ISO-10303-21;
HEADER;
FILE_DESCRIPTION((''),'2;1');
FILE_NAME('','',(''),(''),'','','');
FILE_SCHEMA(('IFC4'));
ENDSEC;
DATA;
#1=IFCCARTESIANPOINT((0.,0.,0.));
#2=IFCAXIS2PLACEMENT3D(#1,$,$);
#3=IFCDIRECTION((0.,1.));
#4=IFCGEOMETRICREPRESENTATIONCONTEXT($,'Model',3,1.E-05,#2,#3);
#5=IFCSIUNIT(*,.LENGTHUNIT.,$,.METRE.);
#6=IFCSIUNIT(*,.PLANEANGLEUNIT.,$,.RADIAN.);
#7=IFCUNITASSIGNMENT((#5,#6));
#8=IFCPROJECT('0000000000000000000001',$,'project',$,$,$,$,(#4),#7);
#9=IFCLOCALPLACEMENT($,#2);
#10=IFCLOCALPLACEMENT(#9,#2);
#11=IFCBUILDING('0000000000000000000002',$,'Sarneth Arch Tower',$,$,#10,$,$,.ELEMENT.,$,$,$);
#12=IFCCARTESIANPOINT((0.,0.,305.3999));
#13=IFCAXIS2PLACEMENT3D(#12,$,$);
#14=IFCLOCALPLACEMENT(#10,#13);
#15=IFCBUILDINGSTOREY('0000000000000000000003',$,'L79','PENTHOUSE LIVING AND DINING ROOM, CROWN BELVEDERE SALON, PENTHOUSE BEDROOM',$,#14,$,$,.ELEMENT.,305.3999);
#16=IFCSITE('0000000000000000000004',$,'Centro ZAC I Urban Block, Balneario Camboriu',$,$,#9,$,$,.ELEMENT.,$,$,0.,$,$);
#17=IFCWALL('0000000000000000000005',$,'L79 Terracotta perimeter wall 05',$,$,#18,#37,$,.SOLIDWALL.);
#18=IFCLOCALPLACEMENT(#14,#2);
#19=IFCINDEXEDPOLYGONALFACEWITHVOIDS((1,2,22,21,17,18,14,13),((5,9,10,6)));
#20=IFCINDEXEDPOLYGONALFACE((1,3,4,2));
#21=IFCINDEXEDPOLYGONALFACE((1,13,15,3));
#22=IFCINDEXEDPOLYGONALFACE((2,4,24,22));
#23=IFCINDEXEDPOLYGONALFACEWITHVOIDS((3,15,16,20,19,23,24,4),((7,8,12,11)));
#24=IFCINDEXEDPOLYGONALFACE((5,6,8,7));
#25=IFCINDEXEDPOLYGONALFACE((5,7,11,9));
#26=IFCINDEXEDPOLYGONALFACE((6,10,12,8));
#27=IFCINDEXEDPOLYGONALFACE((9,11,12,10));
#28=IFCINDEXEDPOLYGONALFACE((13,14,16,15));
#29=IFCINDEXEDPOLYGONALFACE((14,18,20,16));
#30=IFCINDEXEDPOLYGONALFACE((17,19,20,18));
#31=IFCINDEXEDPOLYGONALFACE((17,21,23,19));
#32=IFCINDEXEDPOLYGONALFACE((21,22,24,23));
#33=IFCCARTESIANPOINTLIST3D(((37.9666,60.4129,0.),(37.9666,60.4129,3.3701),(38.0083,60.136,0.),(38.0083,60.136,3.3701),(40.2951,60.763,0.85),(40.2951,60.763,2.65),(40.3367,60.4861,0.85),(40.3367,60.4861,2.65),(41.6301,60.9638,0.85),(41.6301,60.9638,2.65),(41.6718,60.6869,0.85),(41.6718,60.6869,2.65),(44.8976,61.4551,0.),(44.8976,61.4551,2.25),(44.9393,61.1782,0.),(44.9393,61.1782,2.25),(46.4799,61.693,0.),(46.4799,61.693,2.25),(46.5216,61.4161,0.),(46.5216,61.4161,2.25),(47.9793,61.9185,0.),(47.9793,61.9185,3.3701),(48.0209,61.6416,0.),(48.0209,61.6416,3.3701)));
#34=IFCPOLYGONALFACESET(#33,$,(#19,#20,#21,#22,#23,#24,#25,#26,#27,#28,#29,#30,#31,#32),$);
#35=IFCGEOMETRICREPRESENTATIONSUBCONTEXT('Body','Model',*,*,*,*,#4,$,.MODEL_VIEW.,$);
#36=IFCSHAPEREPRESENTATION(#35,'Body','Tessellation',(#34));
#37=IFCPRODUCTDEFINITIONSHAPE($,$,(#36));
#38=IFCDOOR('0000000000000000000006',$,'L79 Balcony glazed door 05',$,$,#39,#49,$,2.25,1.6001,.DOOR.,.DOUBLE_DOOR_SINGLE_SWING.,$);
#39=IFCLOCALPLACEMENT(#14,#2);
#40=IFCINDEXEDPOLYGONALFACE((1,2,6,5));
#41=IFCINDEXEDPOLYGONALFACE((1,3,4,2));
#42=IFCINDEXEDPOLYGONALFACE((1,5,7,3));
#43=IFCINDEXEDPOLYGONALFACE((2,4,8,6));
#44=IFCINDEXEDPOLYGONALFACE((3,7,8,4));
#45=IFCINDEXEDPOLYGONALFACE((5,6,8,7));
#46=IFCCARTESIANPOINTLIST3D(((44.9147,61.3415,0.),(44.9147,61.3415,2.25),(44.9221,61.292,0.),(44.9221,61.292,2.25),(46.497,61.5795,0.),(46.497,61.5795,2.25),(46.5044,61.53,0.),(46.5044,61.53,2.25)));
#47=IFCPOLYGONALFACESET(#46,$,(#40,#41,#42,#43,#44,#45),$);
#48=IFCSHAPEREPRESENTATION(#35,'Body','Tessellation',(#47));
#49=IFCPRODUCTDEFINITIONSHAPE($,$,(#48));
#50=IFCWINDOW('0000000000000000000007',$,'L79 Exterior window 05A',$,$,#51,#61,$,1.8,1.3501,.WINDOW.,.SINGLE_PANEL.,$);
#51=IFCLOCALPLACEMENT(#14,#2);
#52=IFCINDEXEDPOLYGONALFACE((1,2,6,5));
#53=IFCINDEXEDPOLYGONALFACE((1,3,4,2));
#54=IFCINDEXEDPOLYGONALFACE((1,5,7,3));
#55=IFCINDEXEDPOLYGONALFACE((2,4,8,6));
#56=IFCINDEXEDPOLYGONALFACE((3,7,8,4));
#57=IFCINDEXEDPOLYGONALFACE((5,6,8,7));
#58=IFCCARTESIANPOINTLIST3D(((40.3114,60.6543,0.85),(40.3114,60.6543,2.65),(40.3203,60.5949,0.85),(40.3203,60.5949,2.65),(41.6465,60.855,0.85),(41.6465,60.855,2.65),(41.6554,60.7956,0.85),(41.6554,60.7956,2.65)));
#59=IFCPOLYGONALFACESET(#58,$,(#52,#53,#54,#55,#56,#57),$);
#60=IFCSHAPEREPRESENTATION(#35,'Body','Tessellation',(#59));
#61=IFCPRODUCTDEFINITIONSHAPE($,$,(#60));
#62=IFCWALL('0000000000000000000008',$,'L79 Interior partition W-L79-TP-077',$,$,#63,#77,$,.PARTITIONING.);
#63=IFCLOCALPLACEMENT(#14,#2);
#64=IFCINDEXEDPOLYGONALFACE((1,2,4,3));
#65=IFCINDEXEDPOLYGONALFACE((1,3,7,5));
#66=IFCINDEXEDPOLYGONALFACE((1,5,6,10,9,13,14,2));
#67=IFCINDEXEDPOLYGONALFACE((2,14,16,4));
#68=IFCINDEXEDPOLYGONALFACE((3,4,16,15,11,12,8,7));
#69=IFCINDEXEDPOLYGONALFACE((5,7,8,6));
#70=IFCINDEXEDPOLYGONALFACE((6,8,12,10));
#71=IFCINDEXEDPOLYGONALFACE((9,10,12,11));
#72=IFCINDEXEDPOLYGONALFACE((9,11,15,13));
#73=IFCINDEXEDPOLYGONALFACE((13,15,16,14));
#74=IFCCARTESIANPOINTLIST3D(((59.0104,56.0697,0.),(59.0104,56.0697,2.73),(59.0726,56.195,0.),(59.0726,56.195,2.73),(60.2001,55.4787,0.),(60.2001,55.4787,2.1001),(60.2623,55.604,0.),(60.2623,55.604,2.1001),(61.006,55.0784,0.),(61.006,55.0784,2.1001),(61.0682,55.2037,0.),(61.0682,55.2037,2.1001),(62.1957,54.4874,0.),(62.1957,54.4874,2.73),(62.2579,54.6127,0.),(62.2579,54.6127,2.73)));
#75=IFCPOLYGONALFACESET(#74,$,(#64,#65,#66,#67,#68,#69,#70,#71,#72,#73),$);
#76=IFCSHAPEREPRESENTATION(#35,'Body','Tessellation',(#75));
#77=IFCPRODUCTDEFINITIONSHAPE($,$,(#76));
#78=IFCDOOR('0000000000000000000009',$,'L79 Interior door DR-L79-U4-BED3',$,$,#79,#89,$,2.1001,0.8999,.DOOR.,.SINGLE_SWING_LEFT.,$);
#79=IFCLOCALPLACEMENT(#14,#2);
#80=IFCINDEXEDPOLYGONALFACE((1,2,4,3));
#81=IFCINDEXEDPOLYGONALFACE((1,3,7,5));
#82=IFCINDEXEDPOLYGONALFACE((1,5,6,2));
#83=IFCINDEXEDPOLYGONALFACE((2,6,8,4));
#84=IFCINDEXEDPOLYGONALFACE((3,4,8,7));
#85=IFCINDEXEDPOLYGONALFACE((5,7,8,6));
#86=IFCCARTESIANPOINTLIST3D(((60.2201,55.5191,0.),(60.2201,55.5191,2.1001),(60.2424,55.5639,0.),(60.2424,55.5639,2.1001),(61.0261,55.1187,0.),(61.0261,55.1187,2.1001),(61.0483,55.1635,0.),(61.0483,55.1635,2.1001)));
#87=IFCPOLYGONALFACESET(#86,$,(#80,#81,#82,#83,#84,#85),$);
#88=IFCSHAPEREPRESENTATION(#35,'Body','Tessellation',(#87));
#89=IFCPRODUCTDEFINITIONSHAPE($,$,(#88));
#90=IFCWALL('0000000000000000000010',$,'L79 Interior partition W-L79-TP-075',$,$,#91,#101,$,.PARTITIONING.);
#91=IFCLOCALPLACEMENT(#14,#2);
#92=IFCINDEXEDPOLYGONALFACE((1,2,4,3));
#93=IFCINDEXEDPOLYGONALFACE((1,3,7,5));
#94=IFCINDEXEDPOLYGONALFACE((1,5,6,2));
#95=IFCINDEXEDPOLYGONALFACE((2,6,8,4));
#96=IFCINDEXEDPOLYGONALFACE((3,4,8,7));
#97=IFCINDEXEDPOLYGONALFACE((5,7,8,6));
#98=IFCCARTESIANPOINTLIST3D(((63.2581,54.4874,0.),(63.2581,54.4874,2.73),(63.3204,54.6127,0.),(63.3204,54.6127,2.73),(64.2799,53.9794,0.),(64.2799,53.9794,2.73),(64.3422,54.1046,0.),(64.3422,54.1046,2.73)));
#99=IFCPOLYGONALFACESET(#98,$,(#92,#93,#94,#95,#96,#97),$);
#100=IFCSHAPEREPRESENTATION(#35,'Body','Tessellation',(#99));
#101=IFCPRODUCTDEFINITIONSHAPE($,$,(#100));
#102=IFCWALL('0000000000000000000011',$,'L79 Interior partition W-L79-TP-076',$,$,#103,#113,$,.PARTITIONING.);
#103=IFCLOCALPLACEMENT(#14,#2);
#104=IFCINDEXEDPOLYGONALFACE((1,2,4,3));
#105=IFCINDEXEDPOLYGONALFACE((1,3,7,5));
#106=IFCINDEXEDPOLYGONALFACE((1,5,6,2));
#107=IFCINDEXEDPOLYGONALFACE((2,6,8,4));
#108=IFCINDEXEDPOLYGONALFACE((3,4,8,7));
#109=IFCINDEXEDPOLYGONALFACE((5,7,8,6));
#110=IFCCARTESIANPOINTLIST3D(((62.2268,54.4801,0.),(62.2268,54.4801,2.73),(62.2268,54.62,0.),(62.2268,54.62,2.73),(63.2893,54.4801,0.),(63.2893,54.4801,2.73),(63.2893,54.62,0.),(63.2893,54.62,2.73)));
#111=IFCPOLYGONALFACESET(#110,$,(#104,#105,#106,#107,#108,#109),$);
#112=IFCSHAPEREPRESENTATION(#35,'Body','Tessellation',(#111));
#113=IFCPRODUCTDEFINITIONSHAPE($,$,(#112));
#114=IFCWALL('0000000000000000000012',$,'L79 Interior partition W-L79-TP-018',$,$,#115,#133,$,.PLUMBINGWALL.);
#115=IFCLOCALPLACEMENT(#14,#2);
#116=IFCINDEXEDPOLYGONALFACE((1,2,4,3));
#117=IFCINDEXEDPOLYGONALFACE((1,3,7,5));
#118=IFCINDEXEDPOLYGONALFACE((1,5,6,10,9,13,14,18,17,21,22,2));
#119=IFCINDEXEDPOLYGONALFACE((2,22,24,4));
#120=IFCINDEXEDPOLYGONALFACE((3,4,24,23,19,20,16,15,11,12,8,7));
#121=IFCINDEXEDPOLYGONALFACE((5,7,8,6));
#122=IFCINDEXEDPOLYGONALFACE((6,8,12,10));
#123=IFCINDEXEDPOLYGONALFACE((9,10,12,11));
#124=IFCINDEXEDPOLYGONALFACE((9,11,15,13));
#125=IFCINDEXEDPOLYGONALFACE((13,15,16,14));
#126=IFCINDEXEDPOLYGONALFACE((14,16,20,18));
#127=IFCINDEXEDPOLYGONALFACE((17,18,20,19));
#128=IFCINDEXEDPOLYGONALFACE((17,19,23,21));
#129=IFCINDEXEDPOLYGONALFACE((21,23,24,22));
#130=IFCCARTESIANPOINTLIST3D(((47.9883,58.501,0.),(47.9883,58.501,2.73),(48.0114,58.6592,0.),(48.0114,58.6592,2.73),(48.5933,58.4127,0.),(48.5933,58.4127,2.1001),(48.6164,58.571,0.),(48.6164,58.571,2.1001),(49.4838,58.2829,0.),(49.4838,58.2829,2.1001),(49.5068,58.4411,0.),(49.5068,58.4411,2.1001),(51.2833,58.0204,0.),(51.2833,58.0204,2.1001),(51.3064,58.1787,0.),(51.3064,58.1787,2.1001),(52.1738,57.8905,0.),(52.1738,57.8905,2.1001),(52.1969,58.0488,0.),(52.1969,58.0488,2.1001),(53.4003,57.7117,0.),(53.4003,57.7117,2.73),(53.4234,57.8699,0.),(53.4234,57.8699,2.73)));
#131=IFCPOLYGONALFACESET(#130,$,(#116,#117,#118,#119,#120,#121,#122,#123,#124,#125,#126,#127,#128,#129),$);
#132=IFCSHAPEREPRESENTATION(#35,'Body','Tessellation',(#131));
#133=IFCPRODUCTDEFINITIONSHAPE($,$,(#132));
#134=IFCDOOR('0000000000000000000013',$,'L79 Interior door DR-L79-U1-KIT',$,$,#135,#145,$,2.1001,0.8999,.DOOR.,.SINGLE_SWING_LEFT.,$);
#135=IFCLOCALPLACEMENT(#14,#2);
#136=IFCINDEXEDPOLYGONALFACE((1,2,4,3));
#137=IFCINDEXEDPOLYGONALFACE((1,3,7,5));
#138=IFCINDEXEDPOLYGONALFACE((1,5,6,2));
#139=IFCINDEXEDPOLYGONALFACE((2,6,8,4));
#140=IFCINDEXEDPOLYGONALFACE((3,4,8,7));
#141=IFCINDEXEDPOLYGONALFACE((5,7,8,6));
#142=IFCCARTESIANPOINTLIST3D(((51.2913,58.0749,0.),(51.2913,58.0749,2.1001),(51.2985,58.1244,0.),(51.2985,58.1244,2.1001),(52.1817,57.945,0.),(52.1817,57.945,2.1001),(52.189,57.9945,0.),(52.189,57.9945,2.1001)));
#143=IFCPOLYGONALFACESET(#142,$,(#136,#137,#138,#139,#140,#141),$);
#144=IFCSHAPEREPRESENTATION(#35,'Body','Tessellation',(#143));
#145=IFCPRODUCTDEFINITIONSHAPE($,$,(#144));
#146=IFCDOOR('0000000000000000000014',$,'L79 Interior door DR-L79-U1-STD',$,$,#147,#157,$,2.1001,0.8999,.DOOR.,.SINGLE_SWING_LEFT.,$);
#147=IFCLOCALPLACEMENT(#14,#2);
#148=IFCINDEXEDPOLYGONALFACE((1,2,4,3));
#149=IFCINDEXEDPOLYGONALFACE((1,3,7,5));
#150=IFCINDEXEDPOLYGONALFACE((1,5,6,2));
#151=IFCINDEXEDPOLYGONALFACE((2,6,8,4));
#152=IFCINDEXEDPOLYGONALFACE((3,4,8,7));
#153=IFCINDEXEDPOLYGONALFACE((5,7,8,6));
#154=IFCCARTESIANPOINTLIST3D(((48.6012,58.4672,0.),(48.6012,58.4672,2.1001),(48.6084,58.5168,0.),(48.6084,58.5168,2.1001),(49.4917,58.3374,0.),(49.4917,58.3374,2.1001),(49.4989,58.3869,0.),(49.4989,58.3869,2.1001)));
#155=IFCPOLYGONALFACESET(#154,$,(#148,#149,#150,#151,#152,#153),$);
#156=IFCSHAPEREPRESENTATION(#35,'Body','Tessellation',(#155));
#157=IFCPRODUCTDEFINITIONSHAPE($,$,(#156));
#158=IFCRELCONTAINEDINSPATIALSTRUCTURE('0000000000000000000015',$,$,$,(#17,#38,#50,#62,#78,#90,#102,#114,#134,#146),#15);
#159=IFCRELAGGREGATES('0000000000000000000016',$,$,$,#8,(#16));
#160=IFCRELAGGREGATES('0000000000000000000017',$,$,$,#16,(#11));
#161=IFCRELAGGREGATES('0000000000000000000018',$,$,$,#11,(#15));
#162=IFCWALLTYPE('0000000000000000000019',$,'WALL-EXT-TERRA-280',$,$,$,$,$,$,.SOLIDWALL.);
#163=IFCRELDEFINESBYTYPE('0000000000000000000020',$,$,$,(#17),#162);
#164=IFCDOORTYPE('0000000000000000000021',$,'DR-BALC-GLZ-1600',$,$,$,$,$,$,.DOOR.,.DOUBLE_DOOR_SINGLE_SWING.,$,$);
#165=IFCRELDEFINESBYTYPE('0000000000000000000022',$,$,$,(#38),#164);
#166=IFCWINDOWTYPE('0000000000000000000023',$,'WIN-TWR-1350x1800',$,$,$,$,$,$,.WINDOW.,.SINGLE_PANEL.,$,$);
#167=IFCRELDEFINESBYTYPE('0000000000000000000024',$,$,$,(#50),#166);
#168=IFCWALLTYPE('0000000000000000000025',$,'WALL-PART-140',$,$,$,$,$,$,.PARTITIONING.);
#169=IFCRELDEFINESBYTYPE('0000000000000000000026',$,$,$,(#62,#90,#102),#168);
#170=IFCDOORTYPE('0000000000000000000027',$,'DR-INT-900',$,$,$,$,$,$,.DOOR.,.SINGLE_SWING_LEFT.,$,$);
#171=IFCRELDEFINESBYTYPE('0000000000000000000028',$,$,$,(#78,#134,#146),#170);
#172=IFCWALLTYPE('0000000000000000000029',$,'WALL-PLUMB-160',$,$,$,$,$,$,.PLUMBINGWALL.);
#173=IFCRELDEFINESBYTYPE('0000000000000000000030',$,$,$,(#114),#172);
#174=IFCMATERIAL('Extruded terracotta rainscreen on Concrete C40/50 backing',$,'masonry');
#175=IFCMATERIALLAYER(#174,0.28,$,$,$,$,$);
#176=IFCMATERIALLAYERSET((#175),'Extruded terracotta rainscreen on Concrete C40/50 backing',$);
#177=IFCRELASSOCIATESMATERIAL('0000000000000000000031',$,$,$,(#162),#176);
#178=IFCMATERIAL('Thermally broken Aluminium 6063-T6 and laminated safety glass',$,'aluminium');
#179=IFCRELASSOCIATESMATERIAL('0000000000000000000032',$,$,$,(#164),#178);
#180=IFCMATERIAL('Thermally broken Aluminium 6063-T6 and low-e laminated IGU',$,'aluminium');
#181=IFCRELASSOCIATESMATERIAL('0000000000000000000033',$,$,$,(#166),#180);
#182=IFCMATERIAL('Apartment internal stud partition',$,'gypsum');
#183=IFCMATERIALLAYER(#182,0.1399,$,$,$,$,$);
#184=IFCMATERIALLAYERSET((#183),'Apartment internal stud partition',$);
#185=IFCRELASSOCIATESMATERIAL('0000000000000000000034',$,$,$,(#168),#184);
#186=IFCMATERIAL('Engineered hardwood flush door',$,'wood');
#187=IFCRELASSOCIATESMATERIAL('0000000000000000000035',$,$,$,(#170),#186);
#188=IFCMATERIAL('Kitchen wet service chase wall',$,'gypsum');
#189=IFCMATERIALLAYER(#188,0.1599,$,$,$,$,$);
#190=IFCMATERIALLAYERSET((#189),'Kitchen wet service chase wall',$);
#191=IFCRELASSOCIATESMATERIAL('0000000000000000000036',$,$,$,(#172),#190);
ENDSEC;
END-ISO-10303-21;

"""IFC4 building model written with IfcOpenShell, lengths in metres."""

from ifc_helpers import new_model, si_unit, direction, frame, frame_2d, origin, place, context, subcontext, project, spatial, rectangle, extrude, material, layer, layer_set, type_object, element, fill, save


model = new_model("IFC4")

# Units and contexts
model_context = context("Model", 3, precision=1e-05, world=origin(), true_north=direction((0.0, 1.0)))
body_context = subcontext(model_context, "Body", "Model", "MODEL_VIEW")
ifc_project = project(units=[si_unit("LENGTHUNIT", "METRE"), si_unit("PLANEANGLEUNIT", "RADIAN")], contexts=[model_context])

# Site, building, storey
site_placement = place(None, origin())
site = spatial("IfcSite", under=ifc_project, at=site_placement, Name="Centro ZAC I Urban Block, Balneario Camboriu", CompositionType="ELEMENT", RefElevation=0.0)
building_placement = place(site_placement, origin())
building = spatial("IfcBuilding", under=site, at=building_placement, Name="Sarneth Arch Tower", CompositionType="ELEMENT")
storey_placement = place(building_placement, frame((0.0, 0.0, 305.3999)))
storey = spatial("IfcBuildingStorey", under=building, at=storey_placement, Name="L79", Description="PENTHOUSE LIVING AND DINING ROOM, CROWN BELVEDERE SALON, PENTHOUSE BEDROOM", CompositionType="ELEMENT", Elevation=305.3999)

# Wall, openings, door, window
ifc_material_1 = material(Name="Extruded terracotta rainscreen on Concrete C40/50 backing", Category="masonry")
ifc_layer_1 = layer(ifc_material_1, 0.28)
ifc_layer_set_1 = layer_set([ifc_layer_1], Name="Extruded terracotta rainscreen on Concrete C40/50 backing")
wall_type_1 = type_object("IfcWallType", Name="WALL-EXT-TERRA-280", PredefinedType="SOLIDWALL", material=ifc_layer_set_1)
wall_1_placement = place(storey_placement, frame((48.0, 61.78, 0.0), z_axis=(0.0, 0.0, 1.0), x_axis=(-0.988883, -0.148699, 0.0)))
wall_1 = element("IfcWall", 1, at=wall_1_placement, inside=storey, type_object=wall_type_1, Name="L79 Terracotta perimeter wall 05", PredefinedType="SOLIDWALL", context=body_context, shape_type="SweptSolid", body=[
    extrude(rectangle(XDim=10.1252, YDim=0.28, at=frame_2d((5.0625, 0.0))), origin(), (0.0, 0.0, 1.0), 3.3701),
])
opening_1_placement = place(wall_1_placement, frame((1.5161, 0.0, 0.0)))
opening_1 = element("IfcOpeningElement", 2, at=opening_1_placement, cuts=wall_1, PredefinedType="OPENING", context=body_context, shape_type="SweptSolid", body=[
    extrude(rectangle(XDim=1.6001, YDim=2.25, at=frame_2d((0.8, 1.125))), frame((0.0, 0.1499, 0.0), z_axis=(0.0, -1.0, 0.0), x_axis=(1.0, 0.0, 0.0)), (0.0, 0.0, 1.0), 0.3),
])
opening_2_placement = place(wall_1_placement, frame((6.4204, 0.0, 0.8501)))
opening_2 = element("IfcOpeningElement", 3, at=opening_2_placement, cuts=wall_1, PredefinedType="OPENING", context=body_context, shape_type="SweptSolid", body=[
    extrude(rectangle(XDim=1.3501, YDim=1.8, at=frame_2d((0.675, 0.8999))), frame((0.0, 0.1499, 0.0), z_axis=(0.0, -1.0, 0.0), x_axis=(1.0, 0.0, 0.0)), (0.0, 0.0, 1.0), 0.3),
])
ifc_material_2 = material(Name="Thermally broken Aluminium 6063-T6 and laminated safety glass", Category="aluminium")
door_type_1 = type_object("IfcDoorType", Name="DR-BALC-GLZ-1600", OperationType="DOUBLE_DOOR_SINGLE_SWING", PredefinedType="DOOR", material=ifc_material_2)
door_1_placement = place(opening_1_placement, origin())
door_1 = element("IfcDoor", 4, at=door_1_placement, inside=storey, type_object=door_type_1, Name="L79 Balcony glazed door 05", OperationType="DOUBLE_DOOR_SINGLE_SWING", OverallHeight=2.25, OverallWidth=1.6001, PredefinedType="DOOR", context=body_context, shape_type="SweptSolid", body=[
    extrude(rectangle(XDim=1.6001, YDim=2.25, at=frame_2d((0.8, 1.125))), frame((0.0, 0.0249, 0.0), z_axis=(0.0, -1.0, 0.0), x_axis=(1.0, 0.0, 0.0)), (0.0, 0.0, 1.0), 0.05),
])
fill(opening_1, door_1)
ifc_material_3 = material(Name="Thermally broken Aluminium 6063-T6 and low-e laminated IGU", Category="aluminium")
window_type = type_object("IfcWindowType", Name="WIN-TWR-1350x1800", PartitioningType="SINGLE_PANEL", PredefinedType="WINDOW", material=ifc_material_3)
window_placement = place(opening_2_placement, origin())
window = element("IfcWindow", 5, at=window_placement, inside=storey, type_object=window_type, Name="L79 Exterior window 05A", OverallHeight=1.8, OverallWidth=1.3501, PartitioningType="SINGLE_PANEL", PredefinedType="WINDOW", context=body_context, shape_type="SweptSolid", body=[
    extrude(rectangle(XDim=1.3501, YDim=1.8, at=frame_2d((0.675, 0.8999))), frame((0.0, 0.03, 0.0), z_axis=(0.0, -1.0, 0.0), x_axis=(1.0, 0.0, 0.0)), (0.0, 0.0, 1.0), 0.0601),
])
fill(opening_2, window)

# Wall, opening, door
ifc_material_4 = material(Name="Apartment internal stud partition", Category="gypsum")
ifc_layer_2 = layer(ifc_material_4, 0.1399)
ifc_layer_set_2 = layer_set([ifc_layer_2], Name="Apartment internal stud partition")
wall_type_2 = type_object("IfcWallType", Name="WALL-PART-140", PredefinedType="PARTITIONING", material=ifc_layer_set_2)
wall_2_placement = place(storey_placement, frame((62.2268, 54.55, 0.0), z_axis=(0.0, 0.0, 1.0), x_axis=(-0.895591, 0.444878, 0.0)))
wall_2 = element("IfcWall", 6, at=wall_2_placement, inside=storey, type_object=wall_type_2, Name="L79 Interior partition W-L79-TP-077", PredefinedType="PARTITIONING", context=body_context, shape_type="SweptSolid", body=[
    extrude(rectangle(XDim=3.5566, YDim=0.1399, at=frame_2d((1.7783, 0.0))), origin(), (0.0, 0.0, 1.0), 2.73),
])
opening_3_placement = place(wall_2_placement, frame((1.3284, 0.0, 0.0)))
opening_3 = element("IfcOpeningElement", 7, at=opening_3_placement, cuts=wall_2, PredefinedType="OPENING", context=body_context, shape_type="SweptSolid", body=[
    extrude(rectangle(XDim=0.8999, YDim=2.1001, at=frame_2d((0.45, 1.05))), frame((0.0, 0.0798, 0.0), z_axis=(0.0, -1.0, 0.0), x_axis=(1.0, 0.0, 0.0)), (0.0, 0.0, 1.0), 0.1599),
])
ifc_material_5 = material(Name="Engineered hardwood flush door", Category="wood")
door_type_2 = type_object("IfcDoorType", Name="DR-INT-900", OperationType="SINGLE_SWING_LEFT", PredefinedType="DOOR", material=ifc_material_5)
door_2_placement = place(opening_3_placement, origin())
door_2 = element("IfcDoor", 8, at=door_2_placement, inside=storey, type_object=door_type_2, Name="L79 Interior door DR-L79-U4-BED3", OperationType="SINGLE_SWING_LEFT", OverallHeight=2.1001, OverallWidth=0.8999, PredefinedType="DOOR", context=body_context, shape_type="SweptSolid", body=[
    extrude(rectangle(XDim=0.8999, YDim=2.1001, at=frame_2d((0.45, 1.05))), frame((0.0, 0.0249, 0.0), z_axis=(0.0, -1.0, 0.0), x_axis=(1.0, 0.0, 0.0)), (0.0, 0.0, 1.0), 0.05),
])
fill(opening_3, door_2)

# Walls
wall_3_placement = place(storey_placement, frame((64.311, 54.042, 0.0), z_axis=(0.0, 0.0, 1.0), x_axis=(-0.895409, 0.445244, 0.0)))
element("IfcWall", 9, at=wall_3_placement, inside=storey, type_object=wall_type_2, Name="L79 Interior partition W-L79-TP-075", PredefinedType="PARTITIONING", context=body_context, shape_type="SweptSolid", body=[
    extrude(rectangle(XDim=1.1411, YDim=0.1399, at=frame_2d((0.5706, 0.0))), origin(), (0.0, 0.0, 1.0), 2.73),
])
wall_4_placement = place(storey_placement, frame((63.2893, 54.55, 0.0), z_axis=(0.0, 0.0, 1.0), x_axis=(-1.0, 0.0, 0.0)))
element("IfcWall", 10, at=wall_4_placement, inside=storey, type_object=wall_type_2, Name="L79 Interior partition W-L79-TP-076", PredefinedType="PARTITIONING", context=body_context, shape_type="SweptSolid", body=[
    extrude(rectangle(XDim=1.0625, YDim=0.1399, at=frame_2d((0.5312, 0.0))), origin(), (0.0, 0.0, 1.0), 2.73),
])

# Wall, openings, doors
ifc_material_6 = material(Name="Kitchen wet service chase wall", Category="gypsum")
ifc_layer_3 = layer(ifc_material_6, 0.1599)
ifc_layer_set_3 = layer_set([ifc_layer_3], Name="Kitchen wet service chase wall")
wall_type_3 = type_object("IfcWallType", Name="WALL-PLUMB-160", PredefinedType="PLUMBINGWALL", material=ifc_layer_set_3)
wall_5_placement = place(storey_placement, frame((53.4119, 57.7908, 0.0), z_axis=(0.0, 0.0, 1.0), x_axis=(-0.989531, 0.144321, 0.0)))
wall_5 = element("IfcWall", 11, at=wall_5_placement, inside=storey, type_object=wall_type_3, Name="L79 Interior partition W-L79-TP-018", PredefinedType="PLUMBINGWALL", context=body_context, shape_type="SweptSolid", body=[
    extrude(rectangle(XDim=5.4692, YDim=0.1599, at=frame_2d((2.7346, 0.0))), origin(), (0.0, 0.0, 1.0), 2.73),
])
opening_4_placement = place(wall_5_placement, frame((1.2395, 0.0, 0.0)))
opening_4 = element("IfcOpeningElement", 12, at=opening_4_placement, cuts=wall_5, PredefinedType="OPENING", context=body_context, shape_type="SweptSolid", body=[
    extrude(rectangle(XDim=0.8999, YDim=2.1001, at=frame_2d((0.45, 1.05))), frame((0.0, 0.0898, 0.0), z_axis=(0.0, -1.0, 0.0), x_axis=(1.0, 0.0, 0.0)), (0.0, 0.0, 1.0), 0.1799),
])
opening_5_placement = place(wall_5_placement, frame((3.958, 0.0, 0.0)))
opening_5 = element("IfcOpeningElement", 13, at=opening_5_placement, cuts=wall_5, PredefinedType="OPENING", context=body_context, shape_type="SweptSolid", body=[
    extrude(rectangle(XDim=0.8999, YDim=2.1001, at=frame_2d((0.45, 1.05))), frame((0.0, 0.0898, 0.0), z_axis=(0.0, -1.0, 0.0), x_axis=(1.0, 0.0, 0.0)), (0.0, 0.0, 1.0), 0.1799),
])
door_3_placement = place(opening_4_placement, origin())
door_3 = element("IfcDoor", 14, at=door_3_placement, inside=storey, type_object=door_type_2, Name="L79 Interior door DR-L79-U1-KIT", OperationType="SINGLE_SWING_LEFT", OverallHeight=2.1001, OverallWidth=0.8999, PredefinedType="DOOR", context=body_context, shape_type="SweptSolid", body=[
    extrude(rectangle(XDim=0.8999, YDim=2.1001, at=frame_2d((0.45, 1.05))), frame((0.0, 0.0249, 0.0), z_axis=(0.0, -1.0, 0.0), x_axis=(1.0, 0.0, 0.0)), (0.0, 0.0, 1.0), 0.05),
])
fill(opening_4, door_3)
door_4_placement = place(opening_5_placement, origin())
door_4 = element("IfcDoor", 15, at=door_4_placement, inside=storey, type_object=door_type_2, Name="L79 Interior door DR-L79-U1-STD", OperationType="SINGLE_SWING_LEFT", OverallHeight=2.1001, OverallWidth=0.8999, PredefinedType="DOOR", context=body_context, shape_type="SweptSolid", body=[
    extrude(rectangle(XDim=0.8999, YDim=2.1001, at=frame_2d((0.45, 1.05))), frame((0.0, 0.0249, 0.0), z_axis=(0.0, -1.0, 0.0), x_axis=(1.0, 0.0, 0.0)), (0.0, 0.0, 1.0), 0.05),
])
fill(opening_5, door_4)

save(model, "model.ifc")
